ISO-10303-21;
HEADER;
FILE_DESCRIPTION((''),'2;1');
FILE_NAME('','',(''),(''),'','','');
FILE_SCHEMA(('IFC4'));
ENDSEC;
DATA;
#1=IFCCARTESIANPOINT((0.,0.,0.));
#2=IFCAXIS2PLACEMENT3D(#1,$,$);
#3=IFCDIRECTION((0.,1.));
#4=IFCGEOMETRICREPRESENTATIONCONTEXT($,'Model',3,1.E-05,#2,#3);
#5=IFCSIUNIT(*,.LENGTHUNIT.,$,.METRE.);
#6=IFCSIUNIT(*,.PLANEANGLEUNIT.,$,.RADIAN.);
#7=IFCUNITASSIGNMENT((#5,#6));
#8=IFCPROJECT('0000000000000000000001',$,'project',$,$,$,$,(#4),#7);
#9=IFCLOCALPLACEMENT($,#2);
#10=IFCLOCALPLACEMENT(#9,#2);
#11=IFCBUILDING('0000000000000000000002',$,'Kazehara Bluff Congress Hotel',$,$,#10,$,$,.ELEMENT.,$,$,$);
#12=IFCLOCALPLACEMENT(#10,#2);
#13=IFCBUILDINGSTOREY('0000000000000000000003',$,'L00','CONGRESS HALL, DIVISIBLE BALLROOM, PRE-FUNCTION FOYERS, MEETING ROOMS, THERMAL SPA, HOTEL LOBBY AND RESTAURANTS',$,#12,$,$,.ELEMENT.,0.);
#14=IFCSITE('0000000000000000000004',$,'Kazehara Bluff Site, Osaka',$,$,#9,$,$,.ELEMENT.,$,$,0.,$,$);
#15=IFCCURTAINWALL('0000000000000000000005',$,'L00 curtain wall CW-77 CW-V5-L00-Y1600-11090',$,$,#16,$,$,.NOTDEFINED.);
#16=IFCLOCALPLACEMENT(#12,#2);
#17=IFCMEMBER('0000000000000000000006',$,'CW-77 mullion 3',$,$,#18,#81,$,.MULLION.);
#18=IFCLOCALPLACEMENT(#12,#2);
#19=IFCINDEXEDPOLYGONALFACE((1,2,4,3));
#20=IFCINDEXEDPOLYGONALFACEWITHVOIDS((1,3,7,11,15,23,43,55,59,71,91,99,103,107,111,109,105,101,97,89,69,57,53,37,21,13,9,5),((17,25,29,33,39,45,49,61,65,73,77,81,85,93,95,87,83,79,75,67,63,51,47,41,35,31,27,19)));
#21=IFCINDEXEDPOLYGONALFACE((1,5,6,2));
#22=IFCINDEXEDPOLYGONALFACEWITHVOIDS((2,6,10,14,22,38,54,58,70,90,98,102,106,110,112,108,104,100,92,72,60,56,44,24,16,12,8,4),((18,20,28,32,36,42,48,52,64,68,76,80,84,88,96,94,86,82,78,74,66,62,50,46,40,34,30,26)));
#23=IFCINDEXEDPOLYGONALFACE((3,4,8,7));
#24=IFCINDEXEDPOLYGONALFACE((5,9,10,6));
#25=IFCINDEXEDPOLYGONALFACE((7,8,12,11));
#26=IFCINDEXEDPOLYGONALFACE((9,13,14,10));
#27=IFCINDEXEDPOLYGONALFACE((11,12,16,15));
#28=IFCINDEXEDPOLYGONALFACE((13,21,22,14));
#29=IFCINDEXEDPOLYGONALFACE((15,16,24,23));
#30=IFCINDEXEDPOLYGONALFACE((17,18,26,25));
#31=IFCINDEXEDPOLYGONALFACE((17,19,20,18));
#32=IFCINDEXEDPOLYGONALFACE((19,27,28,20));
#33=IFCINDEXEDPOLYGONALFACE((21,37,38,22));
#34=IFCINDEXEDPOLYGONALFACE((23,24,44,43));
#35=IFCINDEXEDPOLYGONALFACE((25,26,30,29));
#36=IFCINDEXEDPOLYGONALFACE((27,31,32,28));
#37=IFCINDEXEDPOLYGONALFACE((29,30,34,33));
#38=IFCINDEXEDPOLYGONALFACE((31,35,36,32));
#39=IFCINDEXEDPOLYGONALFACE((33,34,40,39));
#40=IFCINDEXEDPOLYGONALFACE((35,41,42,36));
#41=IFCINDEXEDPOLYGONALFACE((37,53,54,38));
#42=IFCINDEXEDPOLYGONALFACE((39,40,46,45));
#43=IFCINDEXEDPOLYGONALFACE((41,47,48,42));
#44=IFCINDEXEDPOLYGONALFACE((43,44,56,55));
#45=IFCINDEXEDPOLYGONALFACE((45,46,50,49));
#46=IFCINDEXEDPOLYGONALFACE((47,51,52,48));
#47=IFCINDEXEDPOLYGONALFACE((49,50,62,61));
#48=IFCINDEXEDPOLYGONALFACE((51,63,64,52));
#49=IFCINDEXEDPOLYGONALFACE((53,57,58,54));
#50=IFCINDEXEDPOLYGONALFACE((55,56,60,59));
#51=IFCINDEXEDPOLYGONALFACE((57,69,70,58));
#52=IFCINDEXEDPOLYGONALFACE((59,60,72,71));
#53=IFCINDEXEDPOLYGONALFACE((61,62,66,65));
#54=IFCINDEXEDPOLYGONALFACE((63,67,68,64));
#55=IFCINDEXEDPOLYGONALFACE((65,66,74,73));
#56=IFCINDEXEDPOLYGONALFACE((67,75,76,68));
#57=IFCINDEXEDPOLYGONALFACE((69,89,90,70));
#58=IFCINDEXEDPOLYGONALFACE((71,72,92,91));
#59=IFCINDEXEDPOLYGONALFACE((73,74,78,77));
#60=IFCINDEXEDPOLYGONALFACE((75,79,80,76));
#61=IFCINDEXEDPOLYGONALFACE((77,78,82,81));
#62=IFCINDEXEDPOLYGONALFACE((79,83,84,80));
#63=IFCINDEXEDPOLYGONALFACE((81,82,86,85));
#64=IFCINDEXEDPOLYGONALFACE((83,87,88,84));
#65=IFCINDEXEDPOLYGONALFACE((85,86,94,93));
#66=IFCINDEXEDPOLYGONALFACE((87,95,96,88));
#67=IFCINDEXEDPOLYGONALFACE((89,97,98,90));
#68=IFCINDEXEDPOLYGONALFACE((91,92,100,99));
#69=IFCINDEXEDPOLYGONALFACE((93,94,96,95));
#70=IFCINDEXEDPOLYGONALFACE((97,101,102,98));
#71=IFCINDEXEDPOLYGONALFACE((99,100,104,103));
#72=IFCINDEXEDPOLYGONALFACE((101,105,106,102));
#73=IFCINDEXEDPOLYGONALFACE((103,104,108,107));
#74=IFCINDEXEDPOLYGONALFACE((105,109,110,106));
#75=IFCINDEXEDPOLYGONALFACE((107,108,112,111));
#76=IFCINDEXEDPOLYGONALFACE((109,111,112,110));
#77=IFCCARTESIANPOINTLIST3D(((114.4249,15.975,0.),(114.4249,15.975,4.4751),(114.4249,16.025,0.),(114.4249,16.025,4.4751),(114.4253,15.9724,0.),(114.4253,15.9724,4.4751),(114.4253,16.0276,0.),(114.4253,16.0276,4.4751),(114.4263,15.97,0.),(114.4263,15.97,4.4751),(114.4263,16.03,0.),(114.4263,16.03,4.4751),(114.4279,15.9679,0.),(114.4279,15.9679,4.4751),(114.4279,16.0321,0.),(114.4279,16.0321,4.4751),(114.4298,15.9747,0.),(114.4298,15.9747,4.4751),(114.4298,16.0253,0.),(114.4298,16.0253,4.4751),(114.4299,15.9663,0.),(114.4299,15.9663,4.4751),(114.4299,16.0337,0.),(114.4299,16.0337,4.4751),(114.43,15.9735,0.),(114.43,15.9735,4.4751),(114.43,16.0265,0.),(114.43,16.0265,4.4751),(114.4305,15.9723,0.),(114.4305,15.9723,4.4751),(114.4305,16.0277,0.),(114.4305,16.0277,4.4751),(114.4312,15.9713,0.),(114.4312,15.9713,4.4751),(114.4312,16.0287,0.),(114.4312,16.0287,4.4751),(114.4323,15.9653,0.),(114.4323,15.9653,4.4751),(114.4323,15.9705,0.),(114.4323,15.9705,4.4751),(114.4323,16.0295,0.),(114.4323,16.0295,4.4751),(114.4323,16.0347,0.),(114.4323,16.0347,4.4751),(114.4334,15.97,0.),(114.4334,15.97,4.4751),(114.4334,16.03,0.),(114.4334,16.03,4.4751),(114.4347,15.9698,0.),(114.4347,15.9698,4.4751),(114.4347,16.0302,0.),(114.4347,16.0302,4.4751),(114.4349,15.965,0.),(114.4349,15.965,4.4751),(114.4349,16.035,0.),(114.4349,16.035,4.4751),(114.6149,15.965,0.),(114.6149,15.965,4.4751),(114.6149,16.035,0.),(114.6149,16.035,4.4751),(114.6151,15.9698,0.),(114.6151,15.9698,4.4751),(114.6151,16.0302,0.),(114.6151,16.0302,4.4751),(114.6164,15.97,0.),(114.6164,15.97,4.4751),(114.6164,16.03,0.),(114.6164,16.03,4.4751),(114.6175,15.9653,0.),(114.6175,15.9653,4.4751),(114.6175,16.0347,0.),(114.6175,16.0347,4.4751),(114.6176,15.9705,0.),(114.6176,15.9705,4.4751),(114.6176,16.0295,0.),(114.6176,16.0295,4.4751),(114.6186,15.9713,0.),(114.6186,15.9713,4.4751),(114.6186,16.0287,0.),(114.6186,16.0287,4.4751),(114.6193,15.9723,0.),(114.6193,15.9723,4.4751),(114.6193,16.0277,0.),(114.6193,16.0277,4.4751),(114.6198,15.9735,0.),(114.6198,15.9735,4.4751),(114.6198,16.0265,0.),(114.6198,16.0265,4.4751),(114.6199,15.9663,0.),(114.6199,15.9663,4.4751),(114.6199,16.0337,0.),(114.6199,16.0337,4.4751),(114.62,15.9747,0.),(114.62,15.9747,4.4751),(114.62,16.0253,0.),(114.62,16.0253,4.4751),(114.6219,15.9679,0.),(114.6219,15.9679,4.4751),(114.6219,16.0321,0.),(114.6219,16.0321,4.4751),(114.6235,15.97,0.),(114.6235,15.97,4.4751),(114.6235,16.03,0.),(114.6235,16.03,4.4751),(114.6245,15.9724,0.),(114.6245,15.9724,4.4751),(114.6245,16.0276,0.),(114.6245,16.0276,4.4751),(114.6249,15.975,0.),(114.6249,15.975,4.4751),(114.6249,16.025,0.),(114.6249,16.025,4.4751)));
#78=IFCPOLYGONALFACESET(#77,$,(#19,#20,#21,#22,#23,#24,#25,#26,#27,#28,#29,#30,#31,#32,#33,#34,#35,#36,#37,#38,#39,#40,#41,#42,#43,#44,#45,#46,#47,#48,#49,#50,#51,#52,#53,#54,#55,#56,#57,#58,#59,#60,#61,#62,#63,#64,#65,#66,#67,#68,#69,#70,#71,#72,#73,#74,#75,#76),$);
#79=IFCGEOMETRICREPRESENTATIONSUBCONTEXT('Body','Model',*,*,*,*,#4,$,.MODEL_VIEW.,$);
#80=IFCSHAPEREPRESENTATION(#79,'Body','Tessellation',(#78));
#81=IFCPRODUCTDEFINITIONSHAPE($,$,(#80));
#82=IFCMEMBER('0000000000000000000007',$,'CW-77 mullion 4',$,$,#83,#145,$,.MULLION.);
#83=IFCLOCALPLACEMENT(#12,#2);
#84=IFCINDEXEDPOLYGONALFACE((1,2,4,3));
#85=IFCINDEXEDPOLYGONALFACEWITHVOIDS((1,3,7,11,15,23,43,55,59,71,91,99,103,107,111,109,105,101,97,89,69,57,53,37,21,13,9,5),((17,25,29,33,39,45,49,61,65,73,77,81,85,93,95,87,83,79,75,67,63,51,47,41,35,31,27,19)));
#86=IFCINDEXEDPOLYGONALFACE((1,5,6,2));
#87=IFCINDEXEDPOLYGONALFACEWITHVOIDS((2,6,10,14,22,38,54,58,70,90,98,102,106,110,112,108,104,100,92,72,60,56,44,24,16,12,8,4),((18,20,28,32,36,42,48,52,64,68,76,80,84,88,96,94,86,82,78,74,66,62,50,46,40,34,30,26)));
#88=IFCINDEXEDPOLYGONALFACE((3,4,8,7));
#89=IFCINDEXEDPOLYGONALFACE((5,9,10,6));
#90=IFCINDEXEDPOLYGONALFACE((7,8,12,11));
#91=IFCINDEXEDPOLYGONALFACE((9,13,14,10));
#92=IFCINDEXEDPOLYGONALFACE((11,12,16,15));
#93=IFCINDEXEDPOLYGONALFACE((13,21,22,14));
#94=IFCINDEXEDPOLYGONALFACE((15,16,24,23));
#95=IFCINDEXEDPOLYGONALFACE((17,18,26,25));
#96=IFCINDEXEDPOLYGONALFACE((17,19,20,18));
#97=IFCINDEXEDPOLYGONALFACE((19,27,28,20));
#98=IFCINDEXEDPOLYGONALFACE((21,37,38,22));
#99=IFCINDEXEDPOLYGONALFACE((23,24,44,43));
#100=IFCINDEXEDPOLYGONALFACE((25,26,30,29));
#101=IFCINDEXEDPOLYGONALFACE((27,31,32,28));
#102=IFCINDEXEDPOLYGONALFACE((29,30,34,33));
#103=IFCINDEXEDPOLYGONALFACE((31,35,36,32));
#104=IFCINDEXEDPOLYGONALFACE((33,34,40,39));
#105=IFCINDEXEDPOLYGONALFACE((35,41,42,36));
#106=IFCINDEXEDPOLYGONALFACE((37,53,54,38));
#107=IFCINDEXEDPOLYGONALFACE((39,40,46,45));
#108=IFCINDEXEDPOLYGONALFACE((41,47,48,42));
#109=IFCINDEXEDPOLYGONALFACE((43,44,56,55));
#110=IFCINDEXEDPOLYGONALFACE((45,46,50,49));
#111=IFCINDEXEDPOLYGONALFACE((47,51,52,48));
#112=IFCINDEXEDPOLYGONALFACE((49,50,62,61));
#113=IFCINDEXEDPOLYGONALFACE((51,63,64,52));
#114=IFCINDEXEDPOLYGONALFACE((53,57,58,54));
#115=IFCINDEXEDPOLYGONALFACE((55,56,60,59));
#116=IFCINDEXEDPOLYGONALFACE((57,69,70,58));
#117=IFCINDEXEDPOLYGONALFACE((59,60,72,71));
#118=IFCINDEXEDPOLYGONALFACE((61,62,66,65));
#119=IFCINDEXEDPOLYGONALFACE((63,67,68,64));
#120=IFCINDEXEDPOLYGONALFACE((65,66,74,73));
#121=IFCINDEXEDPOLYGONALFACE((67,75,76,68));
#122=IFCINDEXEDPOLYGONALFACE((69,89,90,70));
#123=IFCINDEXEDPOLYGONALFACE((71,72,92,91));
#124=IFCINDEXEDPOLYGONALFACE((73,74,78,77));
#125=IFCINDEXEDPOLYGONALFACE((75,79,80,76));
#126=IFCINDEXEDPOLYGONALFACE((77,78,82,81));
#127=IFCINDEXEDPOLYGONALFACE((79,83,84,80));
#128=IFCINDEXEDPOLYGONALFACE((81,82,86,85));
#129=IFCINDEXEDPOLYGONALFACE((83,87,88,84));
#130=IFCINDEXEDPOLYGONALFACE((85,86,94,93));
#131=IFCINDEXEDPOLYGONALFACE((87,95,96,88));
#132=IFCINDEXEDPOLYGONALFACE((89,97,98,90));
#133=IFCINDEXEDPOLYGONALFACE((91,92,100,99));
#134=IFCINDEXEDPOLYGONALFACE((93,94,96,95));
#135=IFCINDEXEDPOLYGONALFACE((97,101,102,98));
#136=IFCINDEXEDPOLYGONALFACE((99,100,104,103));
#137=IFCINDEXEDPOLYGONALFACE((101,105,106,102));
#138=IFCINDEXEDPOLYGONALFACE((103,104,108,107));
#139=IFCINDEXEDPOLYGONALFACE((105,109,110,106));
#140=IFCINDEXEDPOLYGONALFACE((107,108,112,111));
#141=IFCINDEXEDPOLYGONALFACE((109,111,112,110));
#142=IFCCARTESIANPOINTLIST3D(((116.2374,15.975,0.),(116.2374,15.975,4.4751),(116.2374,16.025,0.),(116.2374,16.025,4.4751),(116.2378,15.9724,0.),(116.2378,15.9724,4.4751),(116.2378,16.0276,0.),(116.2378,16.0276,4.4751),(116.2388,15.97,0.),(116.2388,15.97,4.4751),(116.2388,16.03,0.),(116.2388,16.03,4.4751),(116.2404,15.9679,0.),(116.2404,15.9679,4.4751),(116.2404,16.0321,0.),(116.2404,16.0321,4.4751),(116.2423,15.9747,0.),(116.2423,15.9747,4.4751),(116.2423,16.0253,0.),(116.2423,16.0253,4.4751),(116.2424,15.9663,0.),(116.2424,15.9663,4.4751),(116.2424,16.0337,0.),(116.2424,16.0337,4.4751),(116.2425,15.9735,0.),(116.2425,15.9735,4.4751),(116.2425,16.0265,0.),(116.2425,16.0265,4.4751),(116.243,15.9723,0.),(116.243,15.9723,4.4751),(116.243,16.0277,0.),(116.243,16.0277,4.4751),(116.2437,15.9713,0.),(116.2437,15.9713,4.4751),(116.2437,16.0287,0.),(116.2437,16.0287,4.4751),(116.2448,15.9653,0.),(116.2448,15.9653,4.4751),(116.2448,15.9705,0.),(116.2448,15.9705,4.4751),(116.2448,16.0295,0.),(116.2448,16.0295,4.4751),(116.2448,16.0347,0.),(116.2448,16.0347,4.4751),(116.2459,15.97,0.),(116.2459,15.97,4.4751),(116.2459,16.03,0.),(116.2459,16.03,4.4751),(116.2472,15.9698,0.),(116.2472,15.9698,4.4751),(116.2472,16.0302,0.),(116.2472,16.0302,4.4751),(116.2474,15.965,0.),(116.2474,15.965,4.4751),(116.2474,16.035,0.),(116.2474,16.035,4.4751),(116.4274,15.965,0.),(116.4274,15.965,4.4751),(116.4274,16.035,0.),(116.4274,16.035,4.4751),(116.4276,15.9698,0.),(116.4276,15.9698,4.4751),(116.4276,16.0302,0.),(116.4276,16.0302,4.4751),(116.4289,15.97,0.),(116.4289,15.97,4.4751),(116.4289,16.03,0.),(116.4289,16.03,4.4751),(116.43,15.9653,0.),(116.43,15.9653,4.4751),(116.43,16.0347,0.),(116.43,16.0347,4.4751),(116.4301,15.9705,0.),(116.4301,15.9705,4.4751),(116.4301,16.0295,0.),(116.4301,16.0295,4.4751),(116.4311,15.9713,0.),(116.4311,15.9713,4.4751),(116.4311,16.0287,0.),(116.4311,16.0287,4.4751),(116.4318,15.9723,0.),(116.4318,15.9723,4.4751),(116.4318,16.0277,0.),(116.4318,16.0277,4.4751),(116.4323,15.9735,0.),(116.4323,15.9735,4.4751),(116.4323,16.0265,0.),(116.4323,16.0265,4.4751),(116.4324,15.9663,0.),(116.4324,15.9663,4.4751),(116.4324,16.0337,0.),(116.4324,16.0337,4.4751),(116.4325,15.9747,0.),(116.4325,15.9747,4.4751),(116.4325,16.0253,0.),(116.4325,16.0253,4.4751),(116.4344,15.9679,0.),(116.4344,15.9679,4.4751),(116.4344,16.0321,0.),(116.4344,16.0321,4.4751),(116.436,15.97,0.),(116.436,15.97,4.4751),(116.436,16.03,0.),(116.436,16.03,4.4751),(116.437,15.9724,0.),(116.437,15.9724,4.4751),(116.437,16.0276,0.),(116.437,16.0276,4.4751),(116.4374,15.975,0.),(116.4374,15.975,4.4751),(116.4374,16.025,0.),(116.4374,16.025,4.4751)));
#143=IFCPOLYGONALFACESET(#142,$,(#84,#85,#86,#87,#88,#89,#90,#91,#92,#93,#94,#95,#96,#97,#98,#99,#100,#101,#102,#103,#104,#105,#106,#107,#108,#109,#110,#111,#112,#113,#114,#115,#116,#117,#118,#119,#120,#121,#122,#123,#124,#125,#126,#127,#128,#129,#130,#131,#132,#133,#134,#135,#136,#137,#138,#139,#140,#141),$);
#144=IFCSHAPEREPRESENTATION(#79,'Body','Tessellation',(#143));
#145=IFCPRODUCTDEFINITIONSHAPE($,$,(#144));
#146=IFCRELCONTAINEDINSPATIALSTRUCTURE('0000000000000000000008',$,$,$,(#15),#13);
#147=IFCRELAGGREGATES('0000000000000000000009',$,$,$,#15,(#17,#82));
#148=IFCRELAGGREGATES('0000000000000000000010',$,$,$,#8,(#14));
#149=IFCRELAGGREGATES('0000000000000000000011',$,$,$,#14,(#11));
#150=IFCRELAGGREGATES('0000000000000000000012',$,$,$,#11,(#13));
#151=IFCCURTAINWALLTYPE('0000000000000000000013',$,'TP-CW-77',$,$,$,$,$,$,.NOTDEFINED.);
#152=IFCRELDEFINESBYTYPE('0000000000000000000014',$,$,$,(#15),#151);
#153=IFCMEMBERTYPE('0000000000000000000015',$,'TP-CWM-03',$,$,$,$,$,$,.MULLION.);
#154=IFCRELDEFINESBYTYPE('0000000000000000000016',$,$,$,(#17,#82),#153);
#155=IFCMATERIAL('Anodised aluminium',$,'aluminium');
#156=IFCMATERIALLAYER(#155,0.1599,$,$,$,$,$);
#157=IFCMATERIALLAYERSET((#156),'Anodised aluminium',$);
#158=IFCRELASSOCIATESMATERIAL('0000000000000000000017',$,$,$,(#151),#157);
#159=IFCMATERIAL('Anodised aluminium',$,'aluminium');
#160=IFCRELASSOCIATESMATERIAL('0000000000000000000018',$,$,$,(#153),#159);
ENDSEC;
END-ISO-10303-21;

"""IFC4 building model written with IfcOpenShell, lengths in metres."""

from ifc_helpers import new_model, si_unit, direction, frame, origin, origin_2d, place, context, subcontext, project, spatial, hollow_rectangle, extrude, material, layer, layer_set, material_profile, profile_set, type_object, element, aggregate, save


model = new_model("IFC4")

# Units and contexts
model_context = context("Model", 3, precision=1e-05, world=origin(), true_north=direction((0.0, 1.0)))
body_context = subcontext(model_context, "Body", "Model", "MODEL_VIEW")
ifc_project = project(units=[si_unit("LENGTHUNIT", "METRE"), si_unit("PLANEANGLEUNIT", "RADIAN")], contexts=[model_context])

# Site, building, storey
site_placement = place(None, origin())
site = spatial("IfcSite", under=ifc_project, at=site_placement, Name="Kazehara Bluff Site, Osaka", CompositionType="ELEMENT", RefElevation=0.0)
building_placement = place(site_placement, origin())
building = spatial("IfcBuilding", under=site, at=building_placement, Name="Kazehara Bluff Congress Hotel", CompositionType="ELEMENT")
storey_placement = place(building_placement, origin())
storey = spatial("IfcBuildingStorey", under=building, at=storey_placement, Name="L00", Description="CONGRESS HALL, DIVISIBLE BALLROOM, PRE-FUNCTION FOYERS, MEETING ROOMS, THERMAL SPA, HOTEL LOBBY AND RESTAURANTS", CompositionType="ELEMENT", Elevation=0.0)

# Curtain wall, members
ifc_material_1 = material(Name="Anodised aluminium", Category="aluminium")
ifc_layer_1 = layer(ifc_material_1, 0.1599)
ifc_layer_set_1 = layer_set([ifc_layer_1], Name="Anodised aluminium")
curtain_wall_type = type_object("IfcCurtainWallType", Name="TP-CW-77", PredefinedType="NOTDEFINED", material=ifc_layer_set_1)
curtain_wall_placement = place(storey_placement, origin())
curtain_wall = element("IfcCurtainWall", 1, at=curtain_wall_placement, inside=storey, type_object=curtain_wall_type, Name="L00 curtain wall CW-77 CW-V5-L00-Y1600-11090", PredefinedType="NOTDEFINED")
ifc_material_2 = material(Name="Anodised aluminium", Category="aluminium")
ifc_material_profile_1 = material_profile(ifc_material_2, hollow_rectangle(XDim=0.0701, YDim=0.2, WallThickness=0.0049, InnerFilletRadius=0.0049, OuterFilletRadius=0.01, at=origin_2d()))
ifc_profile_set_1 = profile_set([ifc_material_profile_1], Name="Anodised aluminium")
member_type_1 = type_object("IfcMemberType", Name="TP-CWM-03", PredefinedType="MULLION", material=ifc_profile_set_1)
member_1_placement = place(storey_placement, frame((114.5249, 16.0, 0.0), z_axis=(0.0, 0.0, 1.0), x_axis=(0.0, 1.0, 0.0)))
member_1 = element("IfcMember", 2, at=member_1_placement, type_object=member_type_1, Name="CW-77 mullion 3", PredefinedType="MULLION", context=body_context, shape_type="SweptSolid", body=[
    extrude(hollow_rectangle(XDim=0.0701, YDim=0.2, WallThickness=0.0049, InnerFilletRadius=0.0049, OuterFilletRadius=0.01, at=origin_2d()), origin(), (0.0, 0.0, 1.0), 4.4751),
])
member_2_placement = place(storey_placement, frame((116.3374, 16.0, 0.0), z_axis=(0.0, 0.0, 1.0), x_axis=(0.0, 1.0, 0.0)))
member_2 = element("IfcMember", 3, at=member_2_placement, type_object=member_type_1, Name="CW-77 mullion 4", PredefinedType="MULLION", context=body_context, shape_type="SweptSolid", body=[
    extrude(hollow_rectangle(XDim=0.0701, YDim=0.2, WallThickness=0.0049, InnerFilletRadius=0.0049, OuterFilletRadius=0.01, at=origin_2d()), origin(), (0.0, 0.0, 1.0), 4.4751),
])

aggregate(curtain_wall, [member_1, member_2])

save(model, "model.ifc")
